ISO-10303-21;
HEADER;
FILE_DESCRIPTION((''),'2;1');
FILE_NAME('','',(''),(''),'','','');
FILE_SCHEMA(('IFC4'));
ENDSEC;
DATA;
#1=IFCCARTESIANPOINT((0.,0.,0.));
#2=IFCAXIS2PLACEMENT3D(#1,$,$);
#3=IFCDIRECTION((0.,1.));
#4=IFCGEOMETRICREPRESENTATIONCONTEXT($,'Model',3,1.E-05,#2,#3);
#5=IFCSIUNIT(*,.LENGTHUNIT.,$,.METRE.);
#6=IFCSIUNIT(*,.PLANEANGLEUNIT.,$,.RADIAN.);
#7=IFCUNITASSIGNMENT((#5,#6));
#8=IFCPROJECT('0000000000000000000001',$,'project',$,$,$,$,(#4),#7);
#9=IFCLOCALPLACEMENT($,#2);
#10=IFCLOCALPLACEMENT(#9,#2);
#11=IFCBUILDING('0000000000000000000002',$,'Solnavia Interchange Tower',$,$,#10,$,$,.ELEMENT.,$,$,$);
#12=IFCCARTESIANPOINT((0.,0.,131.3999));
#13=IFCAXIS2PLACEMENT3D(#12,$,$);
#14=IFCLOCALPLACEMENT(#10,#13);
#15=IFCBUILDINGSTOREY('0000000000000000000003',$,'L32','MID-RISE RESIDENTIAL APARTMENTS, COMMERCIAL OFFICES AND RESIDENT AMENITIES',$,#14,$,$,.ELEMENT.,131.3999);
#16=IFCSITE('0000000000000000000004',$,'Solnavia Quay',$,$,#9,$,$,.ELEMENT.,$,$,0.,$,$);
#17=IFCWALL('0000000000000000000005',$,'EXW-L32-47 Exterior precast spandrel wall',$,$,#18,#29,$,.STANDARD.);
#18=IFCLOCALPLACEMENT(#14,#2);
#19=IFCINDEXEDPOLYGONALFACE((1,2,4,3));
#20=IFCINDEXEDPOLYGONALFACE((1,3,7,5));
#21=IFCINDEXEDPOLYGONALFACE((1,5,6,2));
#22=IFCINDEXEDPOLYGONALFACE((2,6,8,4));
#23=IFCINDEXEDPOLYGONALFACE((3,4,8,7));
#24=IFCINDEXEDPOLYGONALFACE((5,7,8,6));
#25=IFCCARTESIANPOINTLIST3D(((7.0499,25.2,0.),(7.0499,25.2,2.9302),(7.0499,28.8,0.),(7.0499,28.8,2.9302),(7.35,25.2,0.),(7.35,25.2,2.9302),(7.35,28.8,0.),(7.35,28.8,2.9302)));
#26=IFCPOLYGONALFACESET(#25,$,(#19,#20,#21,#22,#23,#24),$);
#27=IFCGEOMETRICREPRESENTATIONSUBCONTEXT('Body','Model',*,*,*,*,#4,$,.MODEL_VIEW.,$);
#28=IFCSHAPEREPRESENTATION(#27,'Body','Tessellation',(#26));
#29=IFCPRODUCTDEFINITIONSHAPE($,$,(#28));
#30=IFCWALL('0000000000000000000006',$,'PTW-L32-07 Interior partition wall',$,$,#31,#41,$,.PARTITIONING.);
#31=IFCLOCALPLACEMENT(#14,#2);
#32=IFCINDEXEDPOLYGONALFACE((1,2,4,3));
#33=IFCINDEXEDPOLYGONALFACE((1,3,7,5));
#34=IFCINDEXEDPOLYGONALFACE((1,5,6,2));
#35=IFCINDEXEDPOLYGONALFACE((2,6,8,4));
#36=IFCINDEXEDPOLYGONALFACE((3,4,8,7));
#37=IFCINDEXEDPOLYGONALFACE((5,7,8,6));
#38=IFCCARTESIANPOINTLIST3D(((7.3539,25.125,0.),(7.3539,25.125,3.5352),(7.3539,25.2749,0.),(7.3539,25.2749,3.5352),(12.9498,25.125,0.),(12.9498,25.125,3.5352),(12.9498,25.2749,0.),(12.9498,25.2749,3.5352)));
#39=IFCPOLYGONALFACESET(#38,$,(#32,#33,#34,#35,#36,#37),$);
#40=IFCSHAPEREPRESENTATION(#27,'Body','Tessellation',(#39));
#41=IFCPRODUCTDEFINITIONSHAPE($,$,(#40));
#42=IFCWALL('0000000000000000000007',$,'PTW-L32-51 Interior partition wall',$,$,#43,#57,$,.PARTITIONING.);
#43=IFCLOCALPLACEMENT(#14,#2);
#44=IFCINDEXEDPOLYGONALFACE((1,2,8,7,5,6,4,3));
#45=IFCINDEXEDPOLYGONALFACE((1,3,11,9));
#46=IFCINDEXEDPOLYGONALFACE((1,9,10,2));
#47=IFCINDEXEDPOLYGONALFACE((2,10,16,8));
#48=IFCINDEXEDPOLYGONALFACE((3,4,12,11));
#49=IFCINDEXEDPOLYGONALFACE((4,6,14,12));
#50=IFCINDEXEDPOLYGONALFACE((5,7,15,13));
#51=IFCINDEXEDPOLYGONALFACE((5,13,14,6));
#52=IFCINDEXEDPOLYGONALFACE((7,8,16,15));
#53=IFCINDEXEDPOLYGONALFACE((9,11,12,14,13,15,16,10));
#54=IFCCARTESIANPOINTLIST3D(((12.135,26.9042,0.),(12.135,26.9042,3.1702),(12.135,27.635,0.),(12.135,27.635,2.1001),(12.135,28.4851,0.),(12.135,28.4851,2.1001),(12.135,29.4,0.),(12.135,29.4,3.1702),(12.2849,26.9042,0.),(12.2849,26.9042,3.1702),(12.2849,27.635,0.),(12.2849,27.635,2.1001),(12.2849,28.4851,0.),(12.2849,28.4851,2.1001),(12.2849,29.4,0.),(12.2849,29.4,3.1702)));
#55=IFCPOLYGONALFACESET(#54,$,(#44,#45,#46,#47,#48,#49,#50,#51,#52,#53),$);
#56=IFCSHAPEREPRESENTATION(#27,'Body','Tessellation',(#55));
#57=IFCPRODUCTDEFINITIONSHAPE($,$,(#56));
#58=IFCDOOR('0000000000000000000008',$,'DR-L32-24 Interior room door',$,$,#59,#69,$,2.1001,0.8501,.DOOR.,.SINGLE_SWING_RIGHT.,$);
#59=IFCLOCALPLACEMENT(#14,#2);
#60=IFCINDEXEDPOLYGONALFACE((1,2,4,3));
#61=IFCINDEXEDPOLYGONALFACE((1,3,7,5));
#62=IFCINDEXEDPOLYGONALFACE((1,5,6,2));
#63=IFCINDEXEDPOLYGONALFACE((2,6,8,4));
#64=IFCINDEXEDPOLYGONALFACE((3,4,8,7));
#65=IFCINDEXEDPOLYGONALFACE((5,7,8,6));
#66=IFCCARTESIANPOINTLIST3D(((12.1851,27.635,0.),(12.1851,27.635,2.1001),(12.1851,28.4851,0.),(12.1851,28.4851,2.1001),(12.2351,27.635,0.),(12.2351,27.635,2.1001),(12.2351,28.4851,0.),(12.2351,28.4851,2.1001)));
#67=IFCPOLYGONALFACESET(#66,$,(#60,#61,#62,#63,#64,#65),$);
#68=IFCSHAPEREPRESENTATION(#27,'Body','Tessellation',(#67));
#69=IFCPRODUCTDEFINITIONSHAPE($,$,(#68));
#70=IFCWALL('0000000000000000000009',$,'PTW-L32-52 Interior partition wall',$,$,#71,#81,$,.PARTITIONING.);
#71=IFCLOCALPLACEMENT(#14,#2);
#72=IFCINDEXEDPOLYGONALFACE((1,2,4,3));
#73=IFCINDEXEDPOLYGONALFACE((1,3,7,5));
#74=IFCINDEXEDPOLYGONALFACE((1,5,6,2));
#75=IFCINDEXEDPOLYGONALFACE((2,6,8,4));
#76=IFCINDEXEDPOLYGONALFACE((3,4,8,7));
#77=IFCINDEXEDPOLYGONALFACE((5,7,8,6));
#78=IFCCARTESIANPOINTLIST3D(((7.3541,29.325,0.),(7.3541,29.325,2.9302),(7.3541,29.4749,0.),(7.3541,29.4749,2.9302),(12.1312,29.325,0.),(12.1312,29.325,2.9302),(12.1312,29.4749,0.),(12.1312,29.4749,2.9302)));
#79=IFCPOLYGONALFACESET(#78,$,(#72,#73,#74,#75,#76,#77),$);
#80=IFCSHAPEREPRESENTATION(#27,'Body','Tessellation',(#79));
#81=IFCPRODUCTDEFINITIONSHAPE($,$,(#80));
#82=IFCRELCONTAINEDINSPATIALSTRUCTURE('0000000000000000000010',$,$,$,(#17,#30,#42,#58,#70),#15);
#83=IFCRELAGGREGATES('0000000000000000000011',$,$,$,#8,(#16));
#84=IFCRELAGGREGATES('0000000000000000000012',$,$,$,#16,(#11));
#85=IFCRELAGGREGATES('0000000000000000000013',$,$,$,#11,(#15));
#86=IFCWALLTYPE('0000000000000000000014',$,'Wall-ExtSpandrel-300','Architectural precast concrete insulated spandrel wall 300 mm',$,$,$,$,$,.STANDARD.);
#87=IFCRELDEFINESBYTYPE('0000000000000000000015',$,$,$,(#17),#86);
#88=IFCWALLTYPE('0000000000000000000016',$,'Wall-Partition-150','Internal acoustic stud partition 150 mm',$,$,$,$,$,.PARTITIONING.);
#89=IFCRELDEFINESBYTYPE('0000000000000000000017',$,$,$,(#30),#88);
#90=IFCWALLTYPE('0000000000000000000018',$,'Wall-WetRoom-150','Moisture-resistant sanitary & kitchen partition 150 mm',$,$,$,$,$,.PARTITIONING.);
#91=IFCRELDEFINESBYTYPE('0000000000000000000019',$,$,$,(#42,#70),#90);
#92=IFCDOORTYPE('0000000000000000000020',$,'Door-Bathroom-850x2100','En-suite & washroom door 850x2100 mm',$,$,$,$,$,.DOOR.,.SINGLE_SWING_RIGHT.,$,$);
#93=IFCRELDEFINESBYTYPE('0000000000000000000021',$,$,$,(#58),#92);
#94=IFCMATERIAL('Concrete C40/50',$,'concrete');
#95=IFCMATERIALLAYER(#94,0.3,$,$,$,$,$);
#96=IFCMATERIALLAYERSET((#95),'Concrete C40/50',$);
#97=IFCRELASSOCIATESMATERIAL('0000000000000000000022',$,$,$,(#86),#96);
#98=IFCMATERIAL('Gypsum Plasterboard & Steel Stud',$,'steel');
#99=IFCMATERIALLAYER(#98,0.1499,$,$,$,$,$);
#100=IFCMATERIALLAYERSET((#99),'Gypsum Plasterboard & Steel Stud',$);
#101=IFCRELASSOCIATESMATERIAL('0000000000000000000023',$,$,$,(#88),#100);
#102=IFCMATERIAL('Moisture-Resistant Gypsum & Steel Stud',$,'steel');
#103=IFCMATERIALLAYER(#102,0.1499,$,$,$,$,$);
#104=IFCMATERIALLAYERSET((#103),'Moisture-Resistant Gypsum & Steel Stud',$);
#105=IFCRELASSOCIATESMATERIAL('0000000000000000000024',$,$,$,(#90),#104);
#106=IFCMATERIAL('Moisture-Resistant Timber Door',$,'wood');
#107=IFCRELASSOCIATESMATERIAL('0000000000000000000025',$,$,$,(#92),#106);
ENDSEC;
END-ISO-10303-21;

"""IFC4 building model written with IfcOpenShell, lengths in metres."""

from ifc_helpers import new_model, si_unit, direction, frame, frame_2d, origin, place, context, subcontext, project, spatial, rectangle, extrude, material, layer, layer_set, type_object, element, fill, save


model = new_model("IFC4")

# Units and contexts
model_context = context("Model", 3, precision=1e-05, world=origin(), true_north=direction((0.0, 1.0)))
body_context = subcontext(model_context, "Body", "Model", "MODEL_VIEW")
ifc_project = project(units=[si_unit("LENGTHUNIT", "METRE"), si_unit("PLANEANGLEUNIT", "RADIAN")], contexts=[model_context])

# Site, building, storey
site_placement = place(None, origin())
site = spatial("IfcSite", under=ifc_project, at=site_placement, Name="Solnavia Quay", CompositionType="ELEMENT", RefElevation=0.0)
building_placement = place(site_placement, origin())
building = spatial("IfcBuilding", under=site, at=building_placement, Name="Solnavia Interchange Tower", CompositionType="ELEMENT")
storey_placement = place(building_placement, frame((0.0, 0.0, 131.3999)))
storey = spatial("IfcBuildingStorey", under=building, at=storey_placement, Name="L32", Description="MID-RISE RESIDENTIAL APARTMENTS, COMMERCIAL OFFICES AND RESIDENT AMENITIES", CompositionType="ELEMENT", Elevation=131.3999)

# Shared definitions
ifc_material_1 = material(Name="Concrete C40/50", Category="concrete")
ifc_layer_1 = layer(ifc_material_1, 0.3)
ifc_layer_set_1 = layer_set([ifc_layer_1], Name="Concrete C40/50")
wall_type_1 = type_object("IfcWallType", Name="Wall-ExtSpandrel-300", Description="Architectural precast concrete insulated spandrel wall 300 mm", PredefinedType="STANDARD", material=ifc_layer_set_1)

# Walls
wall_1_placement = place(storey_placement, frame((7.2, 25.2, 0.0), z_axis=(0.0, 0.0, 1.0), x_axis=(0.0, 1.0, 0.0)))
element("IfcWall", 1, at=wall_1_placement, inside=storey, type_object=wall_type_1, Name="EXW-L32-47 Exterior precast spandrel wall", PredefinedType="STANDARD", context=body_context, shape_type="SweptSolid", body=[
    extrude(rectangle(XDim=3.6001, YDim=0.3, at=frame_2d((1.8, 0.0))), origin(), (0.0, 0.0, 1.0), 2.9302),
])
ifc_material_2 = material(Name="Gypsum Plasterboard & Steel Stud", Category="steel")
ifc_layer_2 = layer(ifc_material_2, 0.1499)
ifc_layer_set_2 = layer_set([ifc_layer_2], Name="Gypsum Plasterboard & Steel Stud")
wall_type_2 = type_object("IfcWallType", Name="Wall-Partition-150", Description="Internal acoustic stud partition 150 mm", PredefinedType="PARTITIONING", material=ifc_layer_set_2)
wall_2_placement = place(storey_placement, frame((7.354, 25.2, 0.0), z_axis=(0.0, 0.0, 1.0), x_axis=(1.0, 0.0, 0.0)))
element("IfcWall", 2, at=wall_2_placement, inside=storey, type_object=wall_type_2, Name="PTW-L32-07 Interior partition wall", PredefinedType="PARTITIONING", context=body_context, shape_type="SweptSolid", body=[
    extrude(rectangle(XDim=5.5959, YDim=0.1499, at=frame_2d((2.7979, 0.0))), origin(), (0.0, 0.0, 1.0), 3.5352),
])

# Wall, opening, door
ifc_material_3 = material(Name="Moisture-Resistant Gypsum & Steel Stud", Category="steel")
ifc_layer_3 = layer(ifc_material_3, 0.1499)
ifc_layer_set_3 = layer_set([ifc_layer_3], Name="Moisture-Resistant Gypsum & Steel Stud")
wall_type_3 = type_object("IfcWallType", Name="Wall-WetRoom-150", Description="Moisture-resistant sanitary & kitchen partition 150 mm", PredefinedType="PARTITIONING", material=ifc_layer_set_3)
wall_3_placement = place(storey_placement, frame((12.21, 26.9041, 0.0), z_axis=(0.0, 0.0, 1.0), x_axis=(0.0, 1.0, 0.0)))
wall_3 = element("IfcWall", 3, at=wall_3_placement, inside=storey, type_object=wall_type_3, Name="PTW-L32-51 Interior partition wall", PredefinedType="PARTITIONING", context=body_context, shape_type="SweptSolid", body=[
    extrude(rectangle(XDim=2.4958, YDim=0.1499, at=frame_2d((1.248, 0.0))), origin(), (0.0, 0.0, 1.0), 3.1702),
])
opening_1_placement = place(wall_3_placement, frame((0.731, 0.0, 0.0)))
opening_1 = element("IfcOpeningElement", 4, at=opening_1_placement, cuts=wall_3, PredefinedType="OPENING", context=body_context, shape_type="SweptSolid", body=[
    extrude(rectangle(XDim=0.8501, YDim=2.1001, at=frame_2d((0.425, 1.05))), frame((0.0, 0.085, 0.0), z_axis=(0.0, -1.0, 0.0), x_axis=(1.0, 0.0, 0.0)), (0.0, 0.0, 1.0), 0.1699),
])
ifc_material_4 = material(Name="Moisture-Resistant Timber Door", Category="wood")
door_type = type_object("IfcDoorType", Name="Door-Bathroom-850x2100", Description="En-suite & washroom door 850x2100 mm", OperationType="SINGLE_SWING_RIGHT", PredefinedType="DOOR", material=ifc_material_4)
door_placement = place(opening_1_placement, origin())
door = element("IfcDoor", 5, at=door_placement, inside=storey, type_object=door_type, Name="DR-L32-24 Interior room door", OperationType="SINGLE_SWING_RIGHT", OverallHeight=2.1001, OverallWidth=0.8501, PredefinedType="DOOR", context=body_context, shape_type="SweptSolid", body=[
    extrude(rectangle(XDim=0.8501, YDim=2.1001, at=frame_2d((0.425, 1.05))), frame((0.0, 0.0249, 0.0), z_axis=(0.0, -1.0, 0.0), x_axis=(1.0, 0.0, 0.0)), (0.0, 0.0, 1.0), 0.05),
])
fill(opening_1, door)

# Wall
wall_4_placement = place(storey_placement, frame((7.354, 29.3999, 0.0), z_axis=(0.0, 0.0, 1.0), x_axis=(1.0, 0.0, 0.0)))
element("IfcWall", 6, at=wall_4_placement, inside=storey, type_object=wall_type_3, Name="PTW-L32-52 Interior partition wall", PredefinedType="PARTITIONING", context=body_context, shape_type="SweptSolid", body=[
    extrude(rectangle(XDim=4.7771, YDim=0.1499, at=frame_2d((2.3887, 0.0))), origin(), (0.0, 0.0, 1.0), 2.9302),
])

save(model, "model.ifc")
